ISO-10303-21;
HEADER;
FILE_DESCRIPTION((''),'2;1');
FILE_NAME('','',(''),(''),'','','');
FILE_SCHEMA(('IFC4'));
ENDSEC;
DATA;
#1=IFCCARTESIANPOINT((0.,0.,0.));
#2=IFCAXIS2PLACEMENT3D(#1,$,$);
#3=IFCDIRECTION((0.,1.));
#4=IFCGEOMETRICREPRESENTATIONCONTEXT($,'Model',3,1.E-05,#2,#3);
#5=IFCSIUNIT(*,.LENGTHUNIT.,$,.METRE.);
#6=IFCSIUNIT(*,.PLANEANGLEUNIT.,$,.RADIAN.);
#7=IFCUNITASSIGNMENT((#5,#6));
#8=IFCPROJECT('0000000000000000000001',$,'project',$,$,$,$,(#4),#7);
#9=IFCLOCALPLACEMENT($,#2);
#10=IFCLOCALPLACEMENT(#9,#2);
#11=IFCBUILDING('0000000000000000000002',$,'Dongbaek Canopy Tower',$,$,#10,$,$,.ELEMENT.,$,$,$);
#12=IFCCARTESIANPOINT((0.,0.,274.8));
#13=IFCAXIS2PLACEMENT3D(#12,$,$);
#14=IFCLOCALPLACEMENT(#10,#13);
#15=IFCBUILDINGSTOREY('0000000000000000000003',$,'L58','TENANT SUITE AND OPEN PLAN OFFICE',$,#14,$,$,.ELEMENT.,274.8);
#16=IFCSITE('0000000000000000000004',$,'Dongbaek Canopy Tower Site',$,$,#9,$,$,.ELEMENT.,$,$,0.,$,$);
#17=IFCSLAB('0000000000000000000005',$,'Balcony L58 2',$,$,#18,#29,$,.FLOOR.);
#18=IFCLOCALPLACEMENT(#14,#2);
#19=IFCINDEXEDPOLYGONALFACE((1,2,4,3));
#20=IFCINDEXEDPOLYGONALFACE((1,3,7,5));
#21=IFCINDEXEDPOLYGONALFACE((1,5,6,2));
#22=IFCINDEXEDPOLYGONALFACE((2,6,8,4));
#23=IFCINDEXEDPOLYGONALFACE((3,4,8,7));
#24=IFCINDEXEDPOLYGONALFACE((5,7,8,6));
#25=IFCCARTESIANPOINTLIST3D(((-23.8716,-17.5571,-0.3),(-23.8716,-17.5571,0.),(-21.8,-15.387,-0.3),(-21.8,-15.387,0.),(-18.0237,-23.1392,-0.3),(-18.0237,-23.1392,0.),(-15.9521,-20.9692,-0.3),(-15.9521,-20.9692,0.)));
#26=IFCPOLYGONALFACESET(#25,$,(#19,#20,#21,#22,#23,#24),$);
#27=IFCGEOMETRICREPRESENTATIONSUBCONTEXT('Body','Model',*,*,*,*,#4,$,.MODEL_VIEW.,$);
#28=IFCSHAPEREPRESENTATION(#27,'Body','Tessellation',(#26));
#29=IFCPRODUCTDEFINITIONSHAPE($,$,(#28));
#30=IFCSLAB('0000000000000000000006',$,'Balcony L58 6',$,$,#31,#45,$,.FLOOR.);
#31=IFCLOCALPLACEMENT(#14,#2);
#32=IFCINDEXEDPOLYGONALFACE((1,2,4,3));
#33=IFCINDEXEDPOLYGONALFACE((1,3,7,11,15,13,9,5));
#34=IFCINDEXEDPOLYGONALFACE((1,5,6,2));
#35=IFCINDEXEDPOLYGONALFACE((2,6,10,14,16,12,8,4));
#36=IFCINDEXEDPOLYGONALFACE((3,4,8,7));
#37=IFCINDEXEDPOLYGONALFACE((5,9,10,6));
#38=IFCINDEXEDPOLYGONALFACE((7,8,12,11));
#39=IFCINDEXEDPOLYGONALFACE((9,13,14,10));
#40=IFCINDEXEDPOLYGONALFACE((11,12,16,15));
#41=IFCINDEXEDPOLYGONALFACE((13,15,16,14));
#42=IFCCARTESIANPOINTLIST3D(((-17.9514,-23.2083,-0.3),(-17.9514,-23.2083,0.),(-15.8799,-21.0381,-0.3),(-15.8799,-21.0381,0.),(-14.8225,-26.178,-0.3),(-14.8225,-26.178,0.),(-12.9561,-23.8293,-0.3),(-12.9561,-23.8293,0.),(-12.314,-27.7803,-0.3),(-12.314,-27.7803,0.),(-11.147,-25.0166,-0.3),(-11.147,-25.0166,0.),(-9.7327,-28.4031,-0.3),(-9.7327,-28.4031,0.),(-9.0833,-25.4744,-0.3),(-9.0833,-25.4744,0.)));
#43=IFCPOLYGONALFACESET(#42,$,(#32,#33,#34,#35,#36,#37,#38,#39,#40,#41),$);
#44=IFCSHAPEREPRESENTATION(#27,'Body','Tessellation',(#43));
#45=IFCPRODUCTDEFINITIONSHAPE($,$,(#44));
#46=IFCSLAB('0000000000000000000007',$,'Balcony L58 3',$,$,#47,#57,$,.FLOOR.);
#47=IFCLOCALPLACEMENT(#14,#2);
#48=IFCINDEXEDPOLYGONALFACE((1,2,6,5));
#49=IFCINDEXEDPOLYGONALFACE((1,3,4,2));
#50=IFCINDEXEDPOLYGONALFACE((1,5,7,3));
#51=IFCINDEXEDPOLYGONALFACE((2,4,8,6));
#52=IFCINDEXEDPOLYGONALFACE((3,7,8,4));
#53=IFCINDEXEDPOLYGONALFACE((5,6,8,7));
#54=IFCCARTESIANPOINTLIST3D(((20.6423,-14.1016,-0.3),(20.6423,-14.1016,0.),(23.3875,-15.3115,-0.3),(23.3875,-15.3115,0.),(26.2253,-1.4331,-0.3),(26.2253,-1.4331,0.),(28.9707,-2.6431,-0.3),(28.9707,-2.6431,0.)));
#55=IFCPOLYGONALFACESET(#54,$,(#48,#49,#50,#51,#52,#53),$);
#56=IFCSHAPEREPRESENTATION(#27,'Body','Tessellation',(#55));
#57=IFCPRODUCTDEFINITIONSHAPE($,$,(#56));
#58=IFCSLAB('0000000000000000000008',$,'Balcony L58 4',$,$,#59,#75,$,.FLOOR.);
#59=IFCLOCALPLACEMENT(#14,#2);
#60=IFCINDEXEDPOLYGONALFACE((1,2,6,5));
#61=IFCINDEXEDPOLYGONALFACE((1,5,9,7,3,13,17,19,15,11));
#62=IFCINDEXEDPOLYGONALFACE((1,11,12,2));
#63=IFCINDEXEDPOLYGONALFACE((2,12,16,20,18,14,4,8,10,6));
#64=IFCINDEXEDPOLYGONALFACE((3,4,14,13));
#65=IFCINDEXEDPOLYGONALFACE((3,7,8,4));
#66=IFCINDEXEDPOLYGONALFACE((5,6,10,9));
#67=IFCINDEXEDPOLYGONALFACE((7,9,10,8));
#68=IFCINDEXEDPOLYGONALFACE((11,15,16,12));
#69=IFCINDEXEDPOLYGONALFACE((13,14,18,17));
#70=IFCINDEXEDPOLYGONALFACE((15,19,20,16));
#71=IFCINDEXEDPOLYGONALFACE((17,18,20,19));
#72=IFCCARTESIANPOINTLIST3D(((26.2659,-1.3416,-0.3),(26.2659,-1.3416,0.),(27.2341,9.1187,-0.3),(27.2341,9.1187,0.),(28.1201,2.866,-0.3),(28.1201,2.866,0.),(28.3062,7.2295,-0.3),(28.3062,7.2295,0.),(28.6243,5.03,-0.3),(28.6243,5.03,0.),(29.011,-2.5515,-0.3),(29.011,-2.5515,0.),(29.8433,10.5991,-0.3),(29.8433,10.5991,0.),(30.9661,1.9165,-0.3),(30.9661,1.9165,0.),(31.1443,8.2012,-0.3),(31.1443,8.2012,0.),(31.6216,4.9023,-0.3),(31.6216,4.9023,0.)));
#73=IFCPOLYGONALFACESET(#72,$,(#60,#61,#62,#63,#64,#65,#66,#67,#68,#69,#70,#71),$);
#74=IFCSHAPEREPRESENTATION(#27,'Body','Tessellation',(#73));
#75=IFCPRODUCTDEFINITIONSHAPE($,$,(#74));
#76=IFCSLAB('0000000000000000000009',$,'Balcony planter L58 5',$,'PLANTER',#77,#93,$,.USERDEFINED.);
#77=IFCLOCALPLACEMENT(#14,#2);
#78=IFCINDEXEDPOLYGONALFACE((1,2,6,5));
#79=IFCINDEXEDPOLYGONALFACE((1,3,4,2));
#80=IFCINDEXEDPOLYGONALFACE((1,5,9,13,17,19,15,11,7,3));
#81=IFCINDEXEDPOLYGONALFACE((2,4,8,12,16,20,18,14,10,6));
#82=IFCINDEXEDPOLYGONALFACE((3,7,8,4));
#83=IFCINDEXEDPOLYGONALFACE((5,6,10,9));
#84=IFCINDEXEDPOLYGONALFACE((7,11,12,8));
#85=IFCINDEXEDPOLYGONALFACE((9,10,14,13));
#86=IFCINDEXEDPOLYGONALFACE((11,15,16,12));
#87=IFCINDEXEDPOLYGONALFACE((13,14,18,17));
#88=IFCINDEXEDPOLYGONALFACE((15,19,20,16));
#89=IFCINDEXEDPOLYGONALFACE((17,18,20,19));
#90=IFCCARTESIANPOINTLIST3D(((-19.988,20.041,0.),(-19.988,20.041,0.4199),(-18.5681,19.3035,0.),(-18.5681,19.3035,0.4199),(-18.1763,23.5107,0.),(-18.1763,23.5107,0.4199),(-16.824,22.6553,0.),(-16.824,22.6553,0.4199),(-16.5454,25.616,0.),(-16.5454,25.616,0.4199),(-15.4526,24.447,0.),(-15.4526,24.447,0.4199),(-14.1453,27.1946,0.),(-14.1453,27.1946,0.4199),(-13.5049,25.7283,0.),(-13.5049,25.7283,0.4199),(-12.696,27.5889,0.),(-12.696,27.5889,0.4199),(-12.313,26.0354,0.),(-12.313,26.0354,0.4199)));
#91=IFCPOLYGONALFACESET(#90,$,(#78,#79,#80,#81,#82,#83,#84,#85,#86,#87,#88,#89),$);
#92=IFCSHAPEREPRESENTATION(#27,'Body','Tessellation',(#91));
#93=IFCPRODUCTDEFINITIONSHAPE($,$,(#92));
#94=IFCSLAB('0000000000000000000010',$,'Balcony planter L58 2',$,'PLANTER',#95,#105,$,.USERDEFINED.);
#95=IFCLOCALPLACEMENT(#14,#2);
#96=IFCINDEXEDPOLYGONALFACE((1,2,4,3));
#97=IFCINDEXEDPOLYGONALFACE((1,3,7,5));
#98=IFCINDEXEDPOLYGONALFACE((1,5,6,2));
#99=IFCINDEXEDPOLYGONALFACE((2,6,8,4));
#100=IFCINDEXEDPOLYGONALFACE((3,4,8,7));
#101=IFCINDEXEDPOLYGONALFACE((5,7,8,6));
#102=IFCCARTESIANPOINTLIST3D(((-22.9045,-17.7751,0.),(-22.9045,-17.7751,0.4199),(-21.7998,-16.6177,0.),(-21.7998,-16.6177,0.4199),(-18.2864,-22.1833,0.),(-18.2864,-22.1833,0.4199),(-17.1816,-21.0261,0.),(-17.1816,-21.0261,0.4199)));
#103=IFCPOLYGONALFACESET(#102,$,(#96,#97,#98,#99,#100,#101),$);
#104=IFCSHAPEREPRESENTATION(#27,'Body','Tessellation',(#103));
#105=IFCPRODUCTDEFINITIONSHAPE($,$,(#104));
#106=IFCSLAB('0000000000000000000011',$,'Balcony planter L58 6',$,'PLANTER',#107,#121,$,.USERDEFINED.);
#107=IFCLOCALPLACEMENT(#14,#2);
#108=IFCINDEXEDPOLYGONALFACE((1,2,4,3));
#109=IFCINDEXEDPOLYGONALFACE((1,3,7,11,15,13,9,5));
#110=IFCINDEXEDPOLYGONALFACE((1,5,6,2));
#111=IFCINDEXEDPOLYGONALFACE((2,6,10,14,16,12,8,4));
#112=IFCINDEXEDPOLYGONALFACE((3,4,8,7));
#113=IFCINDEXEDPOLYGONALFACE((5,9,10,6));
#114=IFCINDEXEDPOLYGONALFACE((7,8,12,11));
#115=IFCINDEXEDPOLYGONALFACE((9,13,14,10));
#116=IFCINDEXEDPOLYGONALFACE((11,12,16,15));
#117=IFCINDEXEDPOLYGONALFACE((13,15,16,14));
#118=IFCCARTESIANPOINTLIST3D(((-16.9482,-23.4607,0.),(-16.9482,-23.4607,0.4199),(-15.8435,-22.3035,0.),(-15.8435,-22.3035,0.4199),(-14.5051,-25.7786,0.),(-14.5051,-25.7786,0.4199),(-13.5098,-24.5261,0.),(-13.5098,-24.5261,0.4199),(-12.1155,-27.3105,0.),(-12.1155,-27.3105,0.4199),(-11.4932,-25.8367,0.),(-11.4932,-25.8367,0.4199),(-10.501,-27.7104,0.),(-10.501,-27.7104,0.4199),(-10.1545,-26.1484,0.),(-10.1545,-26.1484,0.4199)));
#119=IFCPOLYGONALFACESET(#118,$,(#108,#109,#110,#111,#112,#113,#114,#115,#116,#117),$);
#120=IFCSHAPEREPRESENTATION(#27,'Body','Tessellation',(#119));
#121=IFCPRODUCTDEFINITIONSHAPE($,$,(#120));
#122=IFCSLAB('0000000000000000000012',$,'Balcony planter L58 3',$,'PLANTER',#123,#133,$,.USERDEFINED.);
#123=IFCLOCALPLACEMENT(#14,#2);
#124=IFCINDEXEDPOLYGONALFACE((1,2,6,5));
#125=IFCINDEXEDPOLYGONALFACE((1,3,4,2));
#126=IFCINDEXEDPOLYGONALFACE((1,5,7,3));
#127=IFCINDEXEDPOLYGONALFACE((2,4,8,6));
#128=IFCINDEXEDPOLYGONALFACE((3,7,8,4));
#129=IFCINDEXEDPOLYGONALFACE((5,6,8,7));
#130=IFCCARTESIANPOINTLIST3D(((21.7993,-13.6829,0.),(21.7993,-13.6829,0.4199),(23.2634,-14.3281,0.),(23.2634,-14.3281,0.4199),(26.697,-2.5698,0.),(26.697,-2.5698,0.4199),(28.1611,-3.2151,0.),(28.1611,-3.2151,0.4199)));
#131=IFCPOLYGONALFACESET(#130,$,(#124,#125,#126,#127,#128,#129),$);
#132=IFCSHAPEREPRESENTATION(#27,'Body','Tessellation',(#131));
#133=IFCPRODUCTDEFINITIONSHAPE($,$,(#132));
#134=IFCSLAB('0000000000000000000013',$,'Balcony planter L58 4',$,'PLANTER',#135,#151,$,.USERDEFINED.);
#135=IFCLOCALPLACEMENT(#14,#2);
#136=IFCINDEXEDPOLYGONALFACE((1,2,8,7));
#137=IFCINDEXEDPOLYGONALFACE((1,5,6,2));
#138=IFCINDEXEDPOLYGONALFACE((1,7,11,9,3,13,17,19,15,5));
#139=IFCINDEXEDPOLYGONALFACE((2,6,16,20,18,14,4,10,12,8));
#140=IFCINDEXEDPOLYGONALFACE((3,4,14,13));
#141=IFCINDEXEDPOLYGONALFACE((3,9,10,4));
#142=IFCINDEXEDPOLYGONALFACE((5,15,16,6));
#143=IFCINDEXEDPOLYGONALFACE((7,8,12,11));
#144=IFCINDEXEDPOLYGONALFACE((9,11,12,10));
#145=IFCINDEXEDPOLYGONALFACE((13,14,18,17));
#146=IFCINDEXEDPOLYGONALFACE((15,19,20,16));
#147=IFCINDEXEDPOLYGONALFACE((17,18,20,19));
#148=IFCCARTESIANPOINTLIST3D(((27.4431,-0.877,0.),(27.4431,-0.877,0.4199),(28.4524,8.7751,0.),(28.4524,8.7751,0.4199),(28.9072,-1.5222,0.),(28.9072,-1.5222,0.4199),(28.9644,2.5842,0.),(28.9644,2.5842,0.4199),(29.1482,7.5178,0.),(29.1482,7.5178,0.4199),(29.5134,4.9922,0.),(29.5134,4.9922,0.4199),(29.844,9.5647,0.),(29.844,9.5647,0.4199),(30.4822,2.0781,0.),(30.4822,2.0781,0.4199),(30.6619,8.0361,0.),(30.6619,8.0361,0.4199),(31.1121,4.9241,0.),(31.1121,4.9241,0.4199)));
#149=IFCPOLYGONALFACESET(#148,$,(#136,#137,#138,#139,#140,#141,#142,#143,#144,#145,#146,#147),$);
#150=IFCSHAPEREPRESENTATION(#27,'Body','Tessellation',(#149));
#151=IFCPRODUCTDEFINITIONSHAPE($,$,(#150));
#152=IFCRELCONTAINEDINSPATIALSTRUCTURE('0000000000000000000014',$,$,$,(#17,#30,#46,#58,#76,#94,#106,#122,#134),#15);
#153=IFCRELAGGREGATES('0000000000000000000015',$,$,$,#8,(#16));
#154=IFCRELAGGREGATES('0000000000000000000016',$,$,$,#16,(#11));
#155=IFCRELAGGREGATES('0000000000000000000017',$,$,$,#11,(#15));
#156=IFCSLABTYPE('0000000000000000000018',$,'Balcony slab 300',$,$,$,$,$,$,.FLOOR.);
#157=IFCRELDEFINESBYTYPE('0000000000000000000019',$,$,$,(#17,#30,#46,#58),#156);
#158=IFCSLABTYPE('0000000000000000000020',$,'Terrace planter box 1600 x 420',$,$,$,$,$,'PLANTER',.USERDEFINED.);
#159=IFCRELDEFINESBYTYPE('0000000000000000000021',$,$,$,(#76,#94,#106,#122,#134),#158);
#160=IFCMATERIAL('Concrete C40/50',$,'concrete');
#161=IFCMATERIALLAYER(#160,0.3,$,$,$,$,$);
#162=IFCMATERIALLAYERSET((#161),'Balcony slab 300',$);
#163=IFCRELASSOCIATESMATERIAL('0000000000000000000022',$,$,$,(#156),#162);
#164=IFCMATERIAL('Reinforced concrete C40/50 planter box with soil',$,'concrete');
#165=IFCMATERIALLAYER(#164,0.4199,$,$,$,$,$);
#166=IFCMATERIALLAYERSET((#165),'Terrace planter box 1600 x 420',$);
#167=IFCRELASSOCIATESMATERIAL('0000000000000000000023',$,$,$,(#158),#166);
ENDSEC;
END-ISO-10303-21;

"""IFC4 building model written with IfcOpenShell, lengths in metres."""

from ifc_helpers import new_model, si_unit, direction, frame, origin, place, context, subcontext, project, spatial, polyline, outline, extrude, material, layer, layer_set, type_object, element, save


model = new_model("IFC4")

# Units and contexts
model_context = context("Model", 3, precision=1e-05, world=origin(), true_north=direction((0.0, 1.0)))
body_context = subcontext(model_context, "Body", "Model", "MODEL_VIEW")
ifc_project = project(units=[si_unit("LENGTHUNIT", "METRE"), si_unit("PLANEANGLEUNIT", "RADIAN")], contexts=[model_context])

# Site, building, storey
site_placement = place(None, origin())
site = spatial("IfcSite", under=ifc_project, at=site_placement, Name="Dongbaek Canopy Tower Site", CompositionType="ELEMENT", RefElevation=0.0)
building_placement = place(site_placement, origin())
building = spatial("IfcBuilding", under=site, at=building_placement, Name="Dongbaek Canopy Tower", CompositionType="ELEMENT")
storey_placement = place(building_placement, frame((0.0, 0.0, 274.8)))
storey = spatial("IfcBuildingStorey", under=building, at=storey_placement, Name="L58", Description="TENANT SUITE AND OPEN PLAN OFFICE", CompositionType="ELEMENT", Elevation=274.8)

# Slabs
ifc_material_1 = material(Name="Concrete C40/50", Category="concrete")
ifc_layer_1 = layer(ifc_material_1, 0.3)
ifc_layer_set_1 = layer_set([ifc_layer_1], Name="Balcony slab 300")
slab_type_1 = type_object("IfcSlabType", Name="Balcony slab 300", PredefinedType="FLOOR", material=ifc_layer_set_1)
slab_1_placement = place(storey_placement, frame((0.0, 0.0, -0.3)))
element("IfcSlab", 1, at=slab_1_placement, inside=storey, type_object=slab_type_1, Name="Balcony L58 2", PredefinedType="FLOOR", context=body_context, shape_type="SweptSolid", body=[
    extrude(outline(polyline([(-21.8, -15.387), (-15.9521, -20.9692), (-18.0237, -23.1392), (-23.8716, -17.5571), (-21.8, -15.387)])), origin(), (0.0, 0.0, 1.0), 0.3),
])
slab_2_placement = place(storey_placement, frame((0.0, 0.0, -0.3)))
element("IfcSlab", 2, at=slab_2_placement, inside=storey, type_object=slab_type_1, Name="Balcony L58 6", PredefinedType="FLOOR", context=body_context, shape_type="SweptSolid", body=[
    extrude(outline(polyline([(-15.8799, -21.0381), (-12.9561, -23.8293), (-11.147, -25.0166), (-9.0833, -25.4744), (-9.7327, -28.4031), (-12.314, -27.7803), (-14.8225, -26.178), (-17.9514, -23.2083), (-15.8799, -21.0381)])), origin(), (0.0, 0.0, 1.0), 0.3),
])
slab_3_placement = place(storey_placement, frame((0.0, 0.0, -0.3)))
element("IfcSlab", 3, at=slab_3_placement, inside=storey, type_object=slab_type_1, Name="Balcony L58 3", PredefinedType="FLOOR", context=body_context, shape_type="SweptSolid", body=[
    extrude(outline(polyline([(20.6423, -14.1016), (26.2253, -1.4331), (28.9707, -2.6431), (23.3875, -15.3115), (20.6423, -14.1016)])), origin(), (0.0, 0.0, 1.0), 0.3),
])
slab_4_placement = place(storey_placement, frame((0.0, 0.0, -0.3)))
element("IfcSlab", 4, at=slab_4_placement, inside=storey, type_object=slab_type_1, Name="Balcony L58 4", PredefinedType="FLOOR", context=body_context, shape_type="SweptSolid", body=[
    extrude(outline(polyline([(26.2659, -1.3416), (28.1201, 2.866), (28.6243, 5.03), (28.3062, 7.2295), (27.2341, 9.1187), (29.8433, 10.5991), (31.1443, 8.2012), (31.6216, 4.9023), (30.9661, 1.9165), (29.011, -2.5515), (26.2659, -1.3416)])), origin(), (0.0, 0.0, 1.0), 0.3),
])
ifc_material_2 = material(Name="Reinforced concrete C40/50 planter box with soil", Category="concrete")
ifc_layer_2 = layer(ifc_material_2, 0.4199)
ifc_layer_set_2 = layer_set([ifc_layer_2], Name="Terrace planter box 1600 x 420")
slab_type_2 = type_object("IfcSlabType", Name="Terrace planter box 1600 x 420", ElementType="PLANTER", PredefinedType="USERDEFINED", material=ifc_layer_set_2)
slab_5_placement = place(storey_placement, origin())
element("IfcSlab", 5, at=slab_5_placement, inside=storey, type_object=slab_type_2, Name="Balcony planter L58 5", ObjectType="PLANTER", PredefinedType="USERDEFINED", context=body_context, shape_type="SweptSolid", body=[
    extrude(outline(polyline([(-12.313, 26.0354), (-13.5049, 25.7283), (-15.4526, 24.447), (-16.824, 22.6553), (-18.5681, 19.3035), (-19.988, 20.041), (-18.1763, 23.5107), (-16.5454, 25.616), (-14.1453, 27.1946), (-12.696, 27.5889), (-12.313, 26.0354)])), origin(), (0.0, 0.0, 1.0), 0.4199),
])
slab_6_placement = place(storey_placement, origin())
element("IfcSlab", 6, at=slab_6_placement, inside=storey, type_object=slab_type_2, Name="Balcony planter L58 2", ObjectType="PLANTER", PredefinedType="USERDEFINED", context=body_context, shape_type="SweptSolid", body=[
    extrude(outline(polyline([(-21.7998, -16.6177), (-17.1816, -21.0261), (-18.2864, -22.1833), (-22.9045, -17.7751), (-21.7998, -16.6177)])), origin(), (0.0, 0.0, 1.0), 0.4199),
])
slab_7_placement = place(storey_placement, origin())
element("IfcSlab", 7, at=slab_7_placement, inside=storey, type_object=slab_type_2, Name="Balcony planter L58 6", ObjectType="PLANTER", PredefinedType="USERDEFINED", context=body_context, shape_type="SweptSolid", body=[
    extrude(outline(polyline([(-15.8435, -22.3035), (-13.5098, -24.5261), (-11.4932, -25.8367), (-10.1545, -26.1484), (-10.501, -27.7104), (-12.1155, -27.3105), (-14.5051, -25.7786), (-16.9482, -23.4607), (-15.8435, -22.3035)])), origin(), (0.0, 0.0, 1.0), 0.4199),
])
slab_8_placement = place(storey_placement, origin())
element("IfcSlab", 8, at=slab_8_placement, inside=storey, type_object=slab_type_2, Name="Balcony planter L58 3", ObjectType="PLANTER", PredefinedType="USERDEFINED", context=body_context, shape_type="SweptSolid", body=[
    extrude(outline(polyline([(21.7993, -13.6829), (26.697, -2.5698), (28.1611, -3.2151), (23.2634, -14.3281), (21.7993, -13.6829)])), origin(), (0.0, 0.0, 1.0), 0.4199),
])
slab_9_placement = place(storey_placement, origin())
element("IfcSlab", 9, at=slab_9_placement, inside=storey, type_object=slab_type_2, Name="Balcony planter L58 4", ObjectType="PLANTER", PredefinedType="USERDEFINED", context=body_context, shape_type="SweptSolid", body=[
    extrude(outline(polyline([(27.4431, -0.877), (28.9644, 2.5842), (29.5134, 4.9922), (29.1482, 7.5178), (28.4524, 8.7751), (29.844, 9.5647), (30.6619, 8.0361), (31.1121, 4.9241), (30.4822, 2.0781), (28.9072, -1.5222), (27.4431, -0.877)])), origin(), (0.0, 0.0, 1.0), 0.4199),
])

save(model, "model.ifc")
